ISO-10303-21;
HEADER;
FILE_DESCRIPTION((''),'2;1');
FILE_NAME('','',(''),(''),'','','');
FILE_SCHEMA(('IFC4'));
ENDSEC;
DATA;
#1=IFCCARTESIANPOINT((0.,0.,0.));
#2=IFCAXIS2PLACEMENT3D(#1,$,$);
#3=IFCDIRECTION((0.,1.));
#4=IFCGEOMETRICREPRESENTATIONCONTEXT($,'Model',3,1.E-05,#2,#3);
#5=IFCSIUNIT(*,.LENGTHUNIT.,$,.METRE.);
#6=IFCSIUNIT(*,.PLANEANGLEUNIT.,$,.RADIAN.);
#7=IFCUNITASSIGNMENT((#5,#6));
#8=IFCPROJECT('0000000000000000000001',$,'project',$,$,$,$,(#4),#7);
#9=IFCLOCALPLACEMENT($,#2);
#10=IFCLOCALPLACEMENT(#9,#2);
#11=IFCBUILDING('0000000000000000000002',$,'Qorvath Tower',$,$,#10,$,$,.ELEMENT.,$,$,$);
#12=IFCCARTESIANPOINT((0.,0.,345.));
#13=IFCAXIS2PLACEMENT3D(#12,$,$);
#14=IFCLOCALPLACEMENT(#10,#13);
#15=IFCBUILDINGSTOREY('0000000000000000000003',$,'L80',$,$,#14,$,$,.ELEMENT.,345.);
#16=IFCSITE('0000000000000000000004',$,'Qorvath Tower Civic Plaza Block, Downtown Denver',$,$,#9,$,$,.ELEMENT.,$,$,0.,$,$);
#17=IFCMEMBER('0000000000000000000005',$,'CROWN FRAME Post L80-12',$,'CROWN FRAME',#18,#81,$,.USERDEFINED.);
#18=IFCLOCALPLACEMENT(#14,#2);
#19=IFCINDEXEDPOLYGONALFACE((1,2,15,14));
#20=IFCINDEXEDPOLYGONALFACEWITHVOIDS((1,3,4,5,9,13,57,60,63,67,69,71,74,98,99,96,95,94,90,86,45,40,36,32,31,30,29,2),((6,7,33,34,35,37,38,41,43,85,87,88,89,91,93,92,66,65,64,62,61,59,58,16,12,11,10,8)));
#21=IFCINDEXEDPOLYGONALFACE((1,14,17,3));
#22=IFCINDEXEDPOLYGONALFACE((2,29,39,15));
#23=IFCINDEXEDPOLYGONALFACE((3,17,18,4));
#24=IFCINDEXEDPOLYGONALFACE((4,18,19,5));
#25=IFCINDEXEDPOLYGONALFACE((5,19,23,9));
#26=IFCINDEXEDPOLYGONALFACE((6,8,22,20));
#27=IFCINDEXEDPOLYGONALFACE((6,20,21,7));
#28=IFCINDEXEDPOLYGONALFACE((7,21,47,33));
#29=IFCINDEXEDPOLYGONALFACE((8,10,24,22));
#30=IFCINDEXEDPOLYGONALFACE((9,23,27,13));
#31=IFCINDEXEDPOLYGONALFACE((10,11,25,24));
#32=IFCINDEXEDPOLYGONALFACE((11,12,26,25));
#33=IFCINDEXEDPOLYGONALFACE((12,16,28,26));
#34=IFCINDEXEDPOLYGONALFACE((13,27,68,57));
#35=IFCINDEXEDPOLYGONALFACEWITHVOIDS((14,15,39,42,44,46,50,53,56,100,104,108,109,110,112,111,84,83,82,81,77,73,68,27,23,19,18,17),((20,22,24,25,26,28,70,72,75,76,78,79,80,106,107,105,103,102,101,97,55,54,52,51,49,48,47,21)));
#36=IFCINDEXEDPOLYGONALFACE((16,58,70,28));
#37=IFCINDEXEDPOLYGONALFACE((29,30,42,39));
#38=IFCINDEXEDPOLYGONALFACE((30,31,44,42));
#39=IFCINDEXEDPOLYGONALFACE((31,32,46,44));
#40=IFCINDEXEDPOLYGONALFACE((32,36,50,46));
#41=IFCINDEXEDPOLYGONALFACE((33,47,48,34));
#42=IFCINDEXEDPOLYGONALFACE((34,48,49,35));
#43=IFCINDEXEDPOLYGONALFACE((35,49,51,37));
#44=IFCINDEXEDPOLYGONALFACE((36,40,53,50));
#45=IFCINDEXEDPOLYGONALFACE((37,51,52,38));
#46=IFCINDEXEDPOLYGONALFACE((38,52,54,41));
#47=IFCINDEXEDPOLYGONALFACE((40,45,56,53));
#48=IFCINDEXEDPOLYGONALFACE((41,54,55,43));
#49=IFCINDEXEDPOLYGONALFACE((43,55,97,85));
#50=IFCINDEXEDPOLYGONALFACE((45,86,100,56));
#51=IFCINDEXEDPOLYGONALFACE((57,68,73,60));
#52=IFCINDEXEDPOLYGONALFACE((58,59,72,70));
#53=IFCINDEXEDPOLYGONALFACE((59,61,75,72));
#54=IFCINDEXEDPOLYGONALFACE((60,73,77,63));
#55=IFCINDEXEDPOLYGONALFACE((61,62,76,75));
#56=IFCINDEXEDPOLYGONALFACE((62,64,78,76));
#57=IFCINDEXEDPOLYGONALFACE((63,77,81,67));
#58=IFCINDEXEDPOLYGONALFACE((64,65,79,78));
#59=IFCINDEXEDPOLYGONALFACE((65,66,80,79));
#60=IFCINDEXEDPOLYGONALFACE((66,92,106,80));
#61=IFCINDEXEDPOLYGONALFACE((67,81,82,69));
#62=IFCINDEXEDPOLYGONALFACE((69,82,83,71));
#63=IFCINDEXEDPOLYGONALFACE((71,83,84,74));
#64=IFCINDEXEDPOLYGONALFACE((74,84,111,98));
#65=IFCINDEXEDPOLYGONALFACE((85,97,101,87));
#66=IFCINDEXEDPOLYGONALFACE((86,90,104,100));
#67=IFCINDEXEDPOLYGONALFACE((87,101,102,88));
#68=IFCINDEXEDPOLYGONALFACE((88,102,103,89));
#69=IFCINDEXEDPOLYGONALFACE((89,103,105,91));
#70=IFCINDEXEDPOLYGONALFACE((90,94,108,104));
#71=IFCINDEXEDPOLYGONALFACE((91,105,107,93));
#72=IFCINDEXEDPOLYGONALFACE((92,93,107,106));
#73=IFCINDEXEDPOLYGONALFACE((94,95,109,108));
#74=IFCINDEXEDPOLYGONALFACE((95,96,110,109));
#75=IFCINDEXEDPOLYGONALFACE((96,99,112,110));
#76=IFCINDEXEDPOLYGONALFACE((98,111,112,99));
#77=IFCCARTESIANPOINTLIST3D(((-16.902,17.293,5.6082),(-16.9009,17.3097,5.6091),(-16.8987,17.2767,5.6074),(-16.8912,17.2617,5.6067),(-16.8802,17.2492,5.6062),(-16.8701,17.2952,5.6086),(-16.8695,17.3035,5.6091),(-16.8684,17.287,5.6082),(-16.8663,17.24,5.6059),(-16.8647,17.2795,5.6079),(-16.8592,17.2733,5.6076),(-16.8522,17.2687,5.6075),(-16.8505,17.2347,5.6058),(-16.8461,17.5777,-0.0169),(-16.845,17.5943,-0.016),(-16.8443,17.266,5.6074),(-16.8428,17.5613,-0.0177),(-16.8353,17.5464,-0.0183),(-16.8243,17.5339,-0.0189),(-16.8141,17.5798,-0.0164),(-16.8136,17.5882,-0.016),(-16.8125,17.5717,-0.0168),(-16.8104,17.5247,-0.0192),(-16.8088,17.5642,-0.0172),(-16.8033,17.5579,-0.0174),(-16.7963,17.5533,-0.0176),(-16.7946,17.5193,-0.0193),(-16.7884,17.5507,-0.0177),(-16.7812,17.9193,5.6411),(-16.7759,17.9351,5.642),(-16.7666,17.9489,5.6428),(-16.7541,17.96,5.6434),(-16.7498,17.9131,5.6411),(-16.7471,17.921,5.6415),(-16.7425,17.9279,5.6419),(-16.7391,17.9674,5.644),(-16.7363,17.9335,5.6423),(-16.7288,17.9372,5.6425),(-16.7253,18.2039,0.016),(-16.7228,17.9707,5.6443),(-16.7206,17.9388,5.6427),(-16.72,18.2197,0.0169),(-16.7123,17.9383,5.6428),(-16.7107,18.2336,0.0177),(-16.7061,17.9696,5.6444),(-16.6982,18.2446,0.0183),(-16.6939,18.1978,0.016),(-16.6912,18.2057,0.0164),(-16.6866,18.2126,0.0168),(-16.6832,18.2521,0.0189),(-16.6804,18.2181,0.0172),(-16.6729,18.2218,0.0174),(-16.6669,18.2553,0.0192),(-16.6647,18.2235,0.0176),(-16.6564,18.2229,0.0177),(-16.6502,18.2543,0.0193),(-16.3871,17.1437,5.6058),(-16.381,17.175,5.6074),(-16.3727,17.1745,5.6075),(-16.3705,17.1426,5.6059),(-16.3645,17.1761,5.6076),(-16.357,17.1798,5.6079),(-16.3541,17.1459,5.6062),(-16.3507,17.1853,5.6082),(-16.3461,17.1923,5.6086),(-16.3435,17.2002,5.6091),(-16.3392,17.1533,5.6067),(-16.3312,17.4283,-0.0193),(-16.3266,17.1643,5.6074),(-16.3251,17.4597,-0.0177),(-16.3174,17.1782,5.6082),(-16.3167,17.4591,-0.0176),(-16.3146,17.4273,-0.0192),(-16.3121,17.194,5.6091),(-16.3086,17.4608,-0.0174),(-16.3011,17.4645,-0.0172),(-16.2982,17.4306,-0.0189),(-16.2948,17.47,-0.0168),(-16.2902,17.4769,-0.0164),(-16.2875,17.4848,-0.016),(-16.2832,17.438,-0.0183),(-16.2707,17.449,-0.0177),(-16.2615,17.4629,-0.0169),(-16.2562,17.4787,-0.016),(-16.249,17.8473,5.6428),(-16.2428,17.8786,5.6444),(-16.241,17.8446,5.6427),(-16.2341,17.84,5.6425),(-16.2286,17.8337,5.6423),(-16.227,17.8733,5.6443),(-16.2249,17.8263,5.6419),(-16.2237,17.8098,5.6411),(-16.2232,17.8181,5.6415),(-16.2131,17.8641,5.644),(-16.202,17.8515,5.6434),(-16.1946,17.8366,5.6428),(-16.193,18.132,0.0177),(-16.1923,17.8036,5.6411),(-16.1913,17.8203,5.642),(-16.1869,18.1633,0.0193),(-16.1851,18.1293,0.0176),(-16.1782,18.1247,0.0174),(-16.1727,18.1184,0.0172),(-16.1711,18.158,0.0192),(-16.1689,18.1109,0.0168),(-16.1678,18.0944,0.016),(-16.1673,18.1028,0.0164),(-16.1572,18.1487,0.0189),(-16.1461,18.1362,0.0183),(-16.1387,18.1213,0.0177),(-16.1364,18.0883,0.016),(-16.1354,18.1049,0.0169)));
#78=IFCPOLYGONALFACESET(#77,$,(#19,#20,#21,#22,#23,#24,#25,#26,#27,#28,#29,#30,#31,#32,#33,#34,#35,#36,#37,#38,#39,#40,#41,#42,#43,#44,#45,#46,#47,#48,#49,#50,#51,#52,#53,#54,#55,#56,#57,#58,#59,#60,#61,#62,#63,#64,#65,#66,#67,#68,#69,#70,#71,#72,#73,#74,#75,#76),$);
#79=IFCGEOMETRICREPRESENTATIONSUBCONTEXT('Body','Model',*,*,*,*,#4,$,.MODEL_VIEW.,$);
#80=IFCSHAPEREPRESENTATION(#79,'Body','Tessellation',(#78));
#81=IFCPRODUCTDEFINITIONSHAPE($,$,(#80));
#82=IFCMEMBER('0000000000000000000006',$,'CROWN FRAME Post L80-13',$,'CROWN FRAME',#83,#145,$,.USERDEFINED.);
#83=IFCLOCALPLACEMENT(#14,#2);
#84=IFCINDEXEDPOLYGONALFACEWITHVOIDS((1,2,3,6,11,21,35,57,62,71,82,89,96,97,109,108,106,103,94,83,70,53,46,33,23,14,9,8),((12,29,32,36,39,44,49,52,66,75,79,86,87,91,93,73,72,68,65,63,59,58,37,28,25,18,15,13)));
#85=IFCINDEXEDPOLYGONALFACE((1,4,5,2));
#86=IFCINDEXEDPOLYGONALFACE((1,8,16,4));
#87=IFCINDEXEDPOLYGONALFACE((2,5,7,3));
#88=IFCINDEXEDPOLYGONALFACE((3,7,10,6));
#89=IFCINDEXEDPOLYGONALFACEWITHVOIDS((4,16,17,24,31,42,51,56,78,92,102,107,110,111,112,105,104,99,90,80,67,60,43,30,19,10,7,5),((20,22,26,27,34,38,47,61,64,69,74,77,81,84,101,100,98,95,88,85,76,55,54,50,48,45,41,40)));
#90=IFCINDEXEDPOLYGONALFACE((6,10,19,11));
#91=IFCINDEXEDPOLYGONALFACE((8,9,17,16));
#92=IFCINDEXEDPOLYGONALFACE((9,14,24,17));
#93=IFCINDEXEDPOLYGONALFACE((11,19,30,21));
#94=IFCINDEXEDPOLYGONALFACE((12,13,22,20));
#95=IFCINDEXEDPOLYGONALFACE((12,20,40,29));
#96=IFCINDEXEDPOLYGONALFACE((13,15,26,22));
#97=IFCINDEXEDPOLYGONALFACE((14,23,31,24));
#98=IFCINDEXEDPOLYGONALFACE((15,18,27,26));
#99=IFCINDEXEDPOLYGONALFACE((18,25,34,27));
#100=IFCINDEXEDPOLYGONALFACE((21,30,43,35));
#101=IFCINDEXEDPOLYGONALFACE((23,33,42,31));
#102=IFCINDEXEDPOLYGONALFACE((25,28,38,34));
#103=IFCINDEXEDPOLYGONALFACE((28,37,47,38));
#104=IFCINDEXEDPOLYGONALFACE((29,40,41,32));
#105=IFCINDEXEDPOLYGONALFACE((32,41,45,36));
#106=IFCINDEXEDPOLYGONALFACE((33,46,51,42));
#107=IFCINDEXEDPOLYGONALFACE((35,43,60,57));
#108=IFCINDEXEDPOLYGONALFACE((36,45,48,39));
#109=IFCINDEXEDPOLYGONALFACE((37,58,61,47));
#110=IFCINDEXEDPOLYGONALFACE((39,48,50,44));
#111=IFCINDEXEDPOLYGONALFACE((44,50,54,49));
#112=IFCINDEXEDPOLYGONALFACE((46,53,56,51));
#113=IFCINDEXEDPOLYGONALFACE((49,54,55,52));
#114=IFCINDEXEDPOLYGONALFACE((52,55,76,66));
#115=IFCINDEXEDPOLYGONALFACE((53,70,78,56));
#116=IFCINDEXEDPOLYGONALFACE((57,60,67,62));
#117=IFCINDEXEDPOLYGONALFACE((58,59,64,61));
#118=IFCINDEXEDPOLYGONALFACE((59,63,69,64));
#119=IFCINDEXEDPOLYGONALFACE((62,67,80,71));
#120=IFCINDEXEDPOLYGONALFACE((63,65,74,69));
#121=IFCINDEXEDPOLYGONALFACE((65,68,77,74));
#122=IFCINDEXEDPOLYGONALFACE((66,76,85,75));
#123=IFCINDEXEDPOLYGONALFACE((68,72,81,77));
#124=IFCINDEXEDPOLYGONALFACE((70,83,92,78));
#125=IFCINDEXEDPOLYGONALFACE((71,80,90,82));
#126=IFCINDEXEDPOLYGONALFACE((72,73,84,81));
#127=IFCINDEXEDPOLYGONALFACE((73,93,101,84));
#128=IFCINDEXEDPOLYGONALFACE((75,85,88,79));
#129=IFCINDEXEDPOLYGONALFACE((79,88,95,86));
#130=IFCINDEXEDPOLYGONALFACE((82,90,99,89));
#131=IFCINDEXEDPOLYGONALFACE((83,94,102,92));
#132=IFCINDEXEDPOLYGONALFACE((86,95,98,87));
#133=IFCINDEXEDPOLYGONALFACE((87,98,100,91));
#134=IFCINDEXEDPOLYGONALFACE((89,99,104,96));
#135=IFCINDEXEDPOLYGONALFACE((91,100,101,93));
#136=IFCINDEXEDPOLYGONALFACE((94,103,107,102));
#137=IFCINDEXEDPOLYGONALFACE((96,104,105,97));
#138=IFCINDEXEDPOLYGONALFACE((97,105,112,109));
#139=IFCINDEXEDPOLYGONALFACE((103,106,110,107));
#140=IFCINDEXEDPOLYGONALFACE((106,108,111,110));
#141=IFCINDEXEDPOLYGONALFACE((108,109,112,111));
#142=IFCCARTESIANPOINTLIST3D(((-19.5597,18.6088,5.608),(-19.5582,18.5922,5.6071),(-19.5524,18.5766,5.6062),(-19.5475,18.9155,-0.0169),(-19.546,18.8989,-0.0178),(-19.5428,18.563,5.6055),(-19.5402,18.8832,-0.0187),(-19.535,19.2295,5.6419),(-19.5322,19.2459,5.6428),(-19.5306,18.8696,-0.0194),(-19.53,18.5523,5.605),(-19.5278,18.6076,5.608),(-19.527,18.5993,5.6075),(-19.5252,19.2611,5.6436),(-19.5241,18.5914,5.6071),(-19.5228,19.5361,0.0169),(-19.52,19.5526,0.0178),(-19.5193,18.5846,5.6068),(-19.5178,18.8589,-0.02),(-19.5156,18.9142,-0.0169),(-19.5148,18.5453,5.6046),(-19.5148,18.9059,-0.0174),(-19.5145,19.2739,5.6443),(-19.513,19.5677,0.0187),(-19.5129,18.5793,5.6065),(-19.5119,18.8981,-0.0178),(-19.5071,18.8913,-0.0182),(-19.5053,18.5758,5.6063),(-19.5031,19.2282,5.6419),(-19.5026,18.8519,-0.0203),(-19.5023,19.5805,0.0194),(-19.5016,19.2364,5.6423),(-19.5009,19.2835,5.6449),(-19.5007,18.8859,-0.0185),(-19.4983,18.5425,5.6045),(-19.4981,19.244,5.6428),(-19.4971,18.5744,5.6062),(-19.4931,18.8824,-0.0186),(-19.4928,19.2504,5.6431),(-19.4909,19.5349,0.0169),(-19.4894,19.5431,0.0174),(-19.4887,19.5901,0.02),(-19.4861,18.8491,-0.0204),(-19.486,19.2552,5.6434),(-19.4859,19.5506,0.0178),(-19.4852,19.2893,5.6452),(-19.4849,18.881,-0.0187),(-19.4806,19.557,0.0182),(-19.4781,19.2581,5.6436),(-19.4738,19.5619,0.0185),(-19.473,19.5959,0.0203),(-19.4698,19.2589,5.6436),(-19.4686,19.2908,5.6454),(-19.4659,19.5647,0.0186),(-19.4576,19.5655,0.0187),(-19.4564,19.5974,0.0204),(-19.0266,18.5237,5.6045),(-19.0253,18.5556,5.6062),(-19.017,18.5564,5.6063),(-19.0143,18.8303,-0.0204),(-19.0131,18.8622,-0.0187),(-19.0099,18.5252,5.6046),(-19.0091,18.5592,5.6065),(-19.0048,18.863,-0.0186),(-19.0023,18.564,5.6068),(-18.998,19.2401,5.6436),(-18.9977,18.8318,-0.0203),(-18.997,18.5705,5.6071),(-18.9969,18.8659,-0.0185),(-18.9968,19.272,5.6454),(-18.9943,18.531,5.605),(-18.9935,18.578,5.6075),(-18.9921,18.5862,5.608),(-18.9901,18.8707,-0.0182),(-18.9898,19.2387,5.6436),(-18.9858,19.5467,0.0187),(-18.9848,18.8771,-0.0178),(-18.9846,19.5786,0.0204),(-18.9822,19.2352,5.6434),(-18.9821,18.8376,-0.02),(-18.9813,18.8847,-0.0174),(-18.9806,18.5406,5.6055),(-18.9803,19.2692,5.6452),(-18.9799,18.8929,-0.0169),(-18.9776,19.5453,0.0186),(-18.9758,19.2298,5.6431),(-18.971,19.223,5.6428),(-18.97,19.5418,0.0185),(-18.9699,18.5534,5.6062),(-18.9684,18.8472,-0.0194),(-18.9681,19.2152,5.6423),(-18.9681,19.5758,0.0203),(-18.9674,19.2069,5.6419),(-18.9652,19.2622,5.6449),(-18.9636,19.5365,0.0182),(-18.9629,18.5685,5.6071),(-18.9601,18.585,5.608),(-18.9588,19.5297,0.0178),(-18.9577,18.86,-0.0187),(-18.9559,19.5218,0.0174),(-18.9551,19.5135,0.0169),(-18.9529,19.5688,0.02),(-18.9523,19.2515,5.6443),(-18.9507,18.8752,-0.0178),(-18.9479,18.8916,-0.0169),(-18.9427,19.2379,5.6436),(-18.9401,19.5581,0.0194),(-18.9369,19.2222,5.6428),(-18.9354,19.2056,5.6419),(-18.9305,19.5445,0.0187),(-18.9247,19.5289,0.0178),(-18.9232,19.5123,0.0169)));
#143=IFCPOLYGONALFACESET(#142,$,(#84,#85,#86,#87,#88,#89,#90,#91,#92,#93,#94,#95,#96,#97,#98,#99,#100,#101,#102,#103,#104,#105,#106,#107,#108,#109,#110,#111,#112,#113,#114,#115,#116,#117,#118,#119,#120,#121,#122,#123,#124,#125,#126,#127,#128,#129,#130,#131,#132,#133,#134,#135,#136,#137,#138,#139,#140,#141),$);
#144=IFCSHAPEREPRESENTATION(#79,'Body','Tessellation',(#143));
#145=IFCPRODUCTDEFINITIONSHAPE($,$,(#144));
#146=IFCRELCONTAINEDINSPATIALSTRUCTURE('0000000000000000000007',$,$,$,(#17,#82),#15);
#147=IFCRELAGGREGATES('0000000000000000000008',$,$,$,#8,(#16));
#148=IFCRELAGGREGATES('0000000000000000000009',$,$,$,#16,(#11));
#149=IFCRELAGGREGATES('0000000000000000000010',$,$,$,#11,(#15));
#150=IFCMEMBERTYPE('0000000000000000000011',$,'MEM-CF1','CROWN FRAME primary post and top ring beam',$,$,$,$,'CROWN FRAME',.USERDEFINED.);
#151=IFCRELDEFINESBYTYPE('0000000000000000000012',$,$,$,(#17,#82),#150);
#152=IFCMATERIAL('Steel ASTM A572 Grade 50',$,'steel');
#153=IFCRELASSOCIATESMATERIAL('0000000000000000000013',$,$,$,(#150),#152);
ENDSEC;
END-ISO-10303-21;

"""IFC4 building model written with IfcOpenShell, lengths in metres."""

from ifc_helpers import new_model, si_unit, direction, frame, origin, origin_2d, place, context, subcontext, project, spatial, hollow_rectangle, extrude, material, material_profile, profile_set, type_object, element, save


model = new_model("IFC4")

# Units and contexts
model_context = context("Model", 3, precision=1e-05, world=origin(), true_north=direction((0.0, 1.0)))
body_context = subcontext(model_context, "Body", "Model", "MODEL_VIEW")
ifc_project = project(units=[si_unit("LENGTHUNIT", "METRE"), si_unit("PLANEANGLEUNIT", "RADIAN")], contexts=[model_context])

# Site, building, storey
site_placement = place(None, origin())
site = spatial("IfcSite", under=ifc_project, at=site_placement, Name="Qorvath Tower Civic Plaza Block, Downtown Denver", CompositionType="ELEMENT", RefElevation=0.0)
building_placement = place(site_placement, origin())
building = spatial("IfcBuilding", under=site, at=building_placement, Name="Qorvath Tower", CompositionType="ELEMENT")
storey_placement = place(building_placement, frame((0.0, 0.0, 345.0)))
storey = spatial("IfcBuildingStorey", under=building, at=storey_placement, Name="L80", CompositionType="ELEMENT", Elevation=345.0)

# Members
ifc_material_1 = material(Name="Steel ASTM A572 Grade 50", Category="steel")
ifc_material_profile_1 = material_profile(ifc_material_1, hollow_rectangle(XDim=0.6001, YDim=0.75, WallThickness=0.032, InnerFilletRadius=0.032, OuterFilletRadius=0.064, at=origin_2d()), Name="CROWN BOX 750x600x32")
ifc_profile_set_1 = profile_set([ifc_material_profile_1], Name="Steel ASTM A572 Grade 50")
member_type_1 = type_object("IfcMemberType", Name="MEM-CF1", Description="CROWN FRAME primary post and top ring beam", ElementType="CROWN FRAME", PredefinedType="USERDEFINED", material=ifc_profile_set_1)
member_1_placement = place(storey_placement, frame((-16.4907, 17.8413, 0.0), z_axis=(-0.009926, -0.05054, 0.998673), x_axis=(0.981255, -0.192716, 0.0)))
element("IfcMember", 1, at=member_1_placement, inside=storey, type_object=member_type_1, Name="CROWN FRAME Post L80-12", ObjectType="CROWN FRAME", PredefinedType="USERDEFINED", context=body_context, shape_type="SweptSolid", body=[
    extrude(hollow_rectangle(XDim=0.6001, YDim=0.75, WallThickness=0.032, InnerFilletRadius=0.032, OuterFilletRadius=0.064, at=origin_2d()), origin(), (0.0, 0.0, 1.0), 5.6326),
])
member_2_placement = place(storey_placement, frame((-19.2354, 19.2139, 0.0), z_axis=(-0.002167, -0.054433, 0.998515), x_axis=(0.999209, -0.039777, 0.0)))
element("IfcMember", 2, at=member_2_placement, inside=storey, type_object=member_type_1, Name="CROWN FRAME Post L80-13", ObjectType="CROWN FRAME", PredefinedType="USERDEFINED", context=body_context, shape_type="SweptSolid", body=[
    extrude(hollow_rectangle(XDim=0.6001, YDim=0.75, WallThickness=0.032, InnerFilletRadius=0.032, OuterFilletRadius=0.064, at=origin_2d()), origin(), (0.0, 0.0, 1.0), 5.6333),
])

save(model, "model.ifc")
